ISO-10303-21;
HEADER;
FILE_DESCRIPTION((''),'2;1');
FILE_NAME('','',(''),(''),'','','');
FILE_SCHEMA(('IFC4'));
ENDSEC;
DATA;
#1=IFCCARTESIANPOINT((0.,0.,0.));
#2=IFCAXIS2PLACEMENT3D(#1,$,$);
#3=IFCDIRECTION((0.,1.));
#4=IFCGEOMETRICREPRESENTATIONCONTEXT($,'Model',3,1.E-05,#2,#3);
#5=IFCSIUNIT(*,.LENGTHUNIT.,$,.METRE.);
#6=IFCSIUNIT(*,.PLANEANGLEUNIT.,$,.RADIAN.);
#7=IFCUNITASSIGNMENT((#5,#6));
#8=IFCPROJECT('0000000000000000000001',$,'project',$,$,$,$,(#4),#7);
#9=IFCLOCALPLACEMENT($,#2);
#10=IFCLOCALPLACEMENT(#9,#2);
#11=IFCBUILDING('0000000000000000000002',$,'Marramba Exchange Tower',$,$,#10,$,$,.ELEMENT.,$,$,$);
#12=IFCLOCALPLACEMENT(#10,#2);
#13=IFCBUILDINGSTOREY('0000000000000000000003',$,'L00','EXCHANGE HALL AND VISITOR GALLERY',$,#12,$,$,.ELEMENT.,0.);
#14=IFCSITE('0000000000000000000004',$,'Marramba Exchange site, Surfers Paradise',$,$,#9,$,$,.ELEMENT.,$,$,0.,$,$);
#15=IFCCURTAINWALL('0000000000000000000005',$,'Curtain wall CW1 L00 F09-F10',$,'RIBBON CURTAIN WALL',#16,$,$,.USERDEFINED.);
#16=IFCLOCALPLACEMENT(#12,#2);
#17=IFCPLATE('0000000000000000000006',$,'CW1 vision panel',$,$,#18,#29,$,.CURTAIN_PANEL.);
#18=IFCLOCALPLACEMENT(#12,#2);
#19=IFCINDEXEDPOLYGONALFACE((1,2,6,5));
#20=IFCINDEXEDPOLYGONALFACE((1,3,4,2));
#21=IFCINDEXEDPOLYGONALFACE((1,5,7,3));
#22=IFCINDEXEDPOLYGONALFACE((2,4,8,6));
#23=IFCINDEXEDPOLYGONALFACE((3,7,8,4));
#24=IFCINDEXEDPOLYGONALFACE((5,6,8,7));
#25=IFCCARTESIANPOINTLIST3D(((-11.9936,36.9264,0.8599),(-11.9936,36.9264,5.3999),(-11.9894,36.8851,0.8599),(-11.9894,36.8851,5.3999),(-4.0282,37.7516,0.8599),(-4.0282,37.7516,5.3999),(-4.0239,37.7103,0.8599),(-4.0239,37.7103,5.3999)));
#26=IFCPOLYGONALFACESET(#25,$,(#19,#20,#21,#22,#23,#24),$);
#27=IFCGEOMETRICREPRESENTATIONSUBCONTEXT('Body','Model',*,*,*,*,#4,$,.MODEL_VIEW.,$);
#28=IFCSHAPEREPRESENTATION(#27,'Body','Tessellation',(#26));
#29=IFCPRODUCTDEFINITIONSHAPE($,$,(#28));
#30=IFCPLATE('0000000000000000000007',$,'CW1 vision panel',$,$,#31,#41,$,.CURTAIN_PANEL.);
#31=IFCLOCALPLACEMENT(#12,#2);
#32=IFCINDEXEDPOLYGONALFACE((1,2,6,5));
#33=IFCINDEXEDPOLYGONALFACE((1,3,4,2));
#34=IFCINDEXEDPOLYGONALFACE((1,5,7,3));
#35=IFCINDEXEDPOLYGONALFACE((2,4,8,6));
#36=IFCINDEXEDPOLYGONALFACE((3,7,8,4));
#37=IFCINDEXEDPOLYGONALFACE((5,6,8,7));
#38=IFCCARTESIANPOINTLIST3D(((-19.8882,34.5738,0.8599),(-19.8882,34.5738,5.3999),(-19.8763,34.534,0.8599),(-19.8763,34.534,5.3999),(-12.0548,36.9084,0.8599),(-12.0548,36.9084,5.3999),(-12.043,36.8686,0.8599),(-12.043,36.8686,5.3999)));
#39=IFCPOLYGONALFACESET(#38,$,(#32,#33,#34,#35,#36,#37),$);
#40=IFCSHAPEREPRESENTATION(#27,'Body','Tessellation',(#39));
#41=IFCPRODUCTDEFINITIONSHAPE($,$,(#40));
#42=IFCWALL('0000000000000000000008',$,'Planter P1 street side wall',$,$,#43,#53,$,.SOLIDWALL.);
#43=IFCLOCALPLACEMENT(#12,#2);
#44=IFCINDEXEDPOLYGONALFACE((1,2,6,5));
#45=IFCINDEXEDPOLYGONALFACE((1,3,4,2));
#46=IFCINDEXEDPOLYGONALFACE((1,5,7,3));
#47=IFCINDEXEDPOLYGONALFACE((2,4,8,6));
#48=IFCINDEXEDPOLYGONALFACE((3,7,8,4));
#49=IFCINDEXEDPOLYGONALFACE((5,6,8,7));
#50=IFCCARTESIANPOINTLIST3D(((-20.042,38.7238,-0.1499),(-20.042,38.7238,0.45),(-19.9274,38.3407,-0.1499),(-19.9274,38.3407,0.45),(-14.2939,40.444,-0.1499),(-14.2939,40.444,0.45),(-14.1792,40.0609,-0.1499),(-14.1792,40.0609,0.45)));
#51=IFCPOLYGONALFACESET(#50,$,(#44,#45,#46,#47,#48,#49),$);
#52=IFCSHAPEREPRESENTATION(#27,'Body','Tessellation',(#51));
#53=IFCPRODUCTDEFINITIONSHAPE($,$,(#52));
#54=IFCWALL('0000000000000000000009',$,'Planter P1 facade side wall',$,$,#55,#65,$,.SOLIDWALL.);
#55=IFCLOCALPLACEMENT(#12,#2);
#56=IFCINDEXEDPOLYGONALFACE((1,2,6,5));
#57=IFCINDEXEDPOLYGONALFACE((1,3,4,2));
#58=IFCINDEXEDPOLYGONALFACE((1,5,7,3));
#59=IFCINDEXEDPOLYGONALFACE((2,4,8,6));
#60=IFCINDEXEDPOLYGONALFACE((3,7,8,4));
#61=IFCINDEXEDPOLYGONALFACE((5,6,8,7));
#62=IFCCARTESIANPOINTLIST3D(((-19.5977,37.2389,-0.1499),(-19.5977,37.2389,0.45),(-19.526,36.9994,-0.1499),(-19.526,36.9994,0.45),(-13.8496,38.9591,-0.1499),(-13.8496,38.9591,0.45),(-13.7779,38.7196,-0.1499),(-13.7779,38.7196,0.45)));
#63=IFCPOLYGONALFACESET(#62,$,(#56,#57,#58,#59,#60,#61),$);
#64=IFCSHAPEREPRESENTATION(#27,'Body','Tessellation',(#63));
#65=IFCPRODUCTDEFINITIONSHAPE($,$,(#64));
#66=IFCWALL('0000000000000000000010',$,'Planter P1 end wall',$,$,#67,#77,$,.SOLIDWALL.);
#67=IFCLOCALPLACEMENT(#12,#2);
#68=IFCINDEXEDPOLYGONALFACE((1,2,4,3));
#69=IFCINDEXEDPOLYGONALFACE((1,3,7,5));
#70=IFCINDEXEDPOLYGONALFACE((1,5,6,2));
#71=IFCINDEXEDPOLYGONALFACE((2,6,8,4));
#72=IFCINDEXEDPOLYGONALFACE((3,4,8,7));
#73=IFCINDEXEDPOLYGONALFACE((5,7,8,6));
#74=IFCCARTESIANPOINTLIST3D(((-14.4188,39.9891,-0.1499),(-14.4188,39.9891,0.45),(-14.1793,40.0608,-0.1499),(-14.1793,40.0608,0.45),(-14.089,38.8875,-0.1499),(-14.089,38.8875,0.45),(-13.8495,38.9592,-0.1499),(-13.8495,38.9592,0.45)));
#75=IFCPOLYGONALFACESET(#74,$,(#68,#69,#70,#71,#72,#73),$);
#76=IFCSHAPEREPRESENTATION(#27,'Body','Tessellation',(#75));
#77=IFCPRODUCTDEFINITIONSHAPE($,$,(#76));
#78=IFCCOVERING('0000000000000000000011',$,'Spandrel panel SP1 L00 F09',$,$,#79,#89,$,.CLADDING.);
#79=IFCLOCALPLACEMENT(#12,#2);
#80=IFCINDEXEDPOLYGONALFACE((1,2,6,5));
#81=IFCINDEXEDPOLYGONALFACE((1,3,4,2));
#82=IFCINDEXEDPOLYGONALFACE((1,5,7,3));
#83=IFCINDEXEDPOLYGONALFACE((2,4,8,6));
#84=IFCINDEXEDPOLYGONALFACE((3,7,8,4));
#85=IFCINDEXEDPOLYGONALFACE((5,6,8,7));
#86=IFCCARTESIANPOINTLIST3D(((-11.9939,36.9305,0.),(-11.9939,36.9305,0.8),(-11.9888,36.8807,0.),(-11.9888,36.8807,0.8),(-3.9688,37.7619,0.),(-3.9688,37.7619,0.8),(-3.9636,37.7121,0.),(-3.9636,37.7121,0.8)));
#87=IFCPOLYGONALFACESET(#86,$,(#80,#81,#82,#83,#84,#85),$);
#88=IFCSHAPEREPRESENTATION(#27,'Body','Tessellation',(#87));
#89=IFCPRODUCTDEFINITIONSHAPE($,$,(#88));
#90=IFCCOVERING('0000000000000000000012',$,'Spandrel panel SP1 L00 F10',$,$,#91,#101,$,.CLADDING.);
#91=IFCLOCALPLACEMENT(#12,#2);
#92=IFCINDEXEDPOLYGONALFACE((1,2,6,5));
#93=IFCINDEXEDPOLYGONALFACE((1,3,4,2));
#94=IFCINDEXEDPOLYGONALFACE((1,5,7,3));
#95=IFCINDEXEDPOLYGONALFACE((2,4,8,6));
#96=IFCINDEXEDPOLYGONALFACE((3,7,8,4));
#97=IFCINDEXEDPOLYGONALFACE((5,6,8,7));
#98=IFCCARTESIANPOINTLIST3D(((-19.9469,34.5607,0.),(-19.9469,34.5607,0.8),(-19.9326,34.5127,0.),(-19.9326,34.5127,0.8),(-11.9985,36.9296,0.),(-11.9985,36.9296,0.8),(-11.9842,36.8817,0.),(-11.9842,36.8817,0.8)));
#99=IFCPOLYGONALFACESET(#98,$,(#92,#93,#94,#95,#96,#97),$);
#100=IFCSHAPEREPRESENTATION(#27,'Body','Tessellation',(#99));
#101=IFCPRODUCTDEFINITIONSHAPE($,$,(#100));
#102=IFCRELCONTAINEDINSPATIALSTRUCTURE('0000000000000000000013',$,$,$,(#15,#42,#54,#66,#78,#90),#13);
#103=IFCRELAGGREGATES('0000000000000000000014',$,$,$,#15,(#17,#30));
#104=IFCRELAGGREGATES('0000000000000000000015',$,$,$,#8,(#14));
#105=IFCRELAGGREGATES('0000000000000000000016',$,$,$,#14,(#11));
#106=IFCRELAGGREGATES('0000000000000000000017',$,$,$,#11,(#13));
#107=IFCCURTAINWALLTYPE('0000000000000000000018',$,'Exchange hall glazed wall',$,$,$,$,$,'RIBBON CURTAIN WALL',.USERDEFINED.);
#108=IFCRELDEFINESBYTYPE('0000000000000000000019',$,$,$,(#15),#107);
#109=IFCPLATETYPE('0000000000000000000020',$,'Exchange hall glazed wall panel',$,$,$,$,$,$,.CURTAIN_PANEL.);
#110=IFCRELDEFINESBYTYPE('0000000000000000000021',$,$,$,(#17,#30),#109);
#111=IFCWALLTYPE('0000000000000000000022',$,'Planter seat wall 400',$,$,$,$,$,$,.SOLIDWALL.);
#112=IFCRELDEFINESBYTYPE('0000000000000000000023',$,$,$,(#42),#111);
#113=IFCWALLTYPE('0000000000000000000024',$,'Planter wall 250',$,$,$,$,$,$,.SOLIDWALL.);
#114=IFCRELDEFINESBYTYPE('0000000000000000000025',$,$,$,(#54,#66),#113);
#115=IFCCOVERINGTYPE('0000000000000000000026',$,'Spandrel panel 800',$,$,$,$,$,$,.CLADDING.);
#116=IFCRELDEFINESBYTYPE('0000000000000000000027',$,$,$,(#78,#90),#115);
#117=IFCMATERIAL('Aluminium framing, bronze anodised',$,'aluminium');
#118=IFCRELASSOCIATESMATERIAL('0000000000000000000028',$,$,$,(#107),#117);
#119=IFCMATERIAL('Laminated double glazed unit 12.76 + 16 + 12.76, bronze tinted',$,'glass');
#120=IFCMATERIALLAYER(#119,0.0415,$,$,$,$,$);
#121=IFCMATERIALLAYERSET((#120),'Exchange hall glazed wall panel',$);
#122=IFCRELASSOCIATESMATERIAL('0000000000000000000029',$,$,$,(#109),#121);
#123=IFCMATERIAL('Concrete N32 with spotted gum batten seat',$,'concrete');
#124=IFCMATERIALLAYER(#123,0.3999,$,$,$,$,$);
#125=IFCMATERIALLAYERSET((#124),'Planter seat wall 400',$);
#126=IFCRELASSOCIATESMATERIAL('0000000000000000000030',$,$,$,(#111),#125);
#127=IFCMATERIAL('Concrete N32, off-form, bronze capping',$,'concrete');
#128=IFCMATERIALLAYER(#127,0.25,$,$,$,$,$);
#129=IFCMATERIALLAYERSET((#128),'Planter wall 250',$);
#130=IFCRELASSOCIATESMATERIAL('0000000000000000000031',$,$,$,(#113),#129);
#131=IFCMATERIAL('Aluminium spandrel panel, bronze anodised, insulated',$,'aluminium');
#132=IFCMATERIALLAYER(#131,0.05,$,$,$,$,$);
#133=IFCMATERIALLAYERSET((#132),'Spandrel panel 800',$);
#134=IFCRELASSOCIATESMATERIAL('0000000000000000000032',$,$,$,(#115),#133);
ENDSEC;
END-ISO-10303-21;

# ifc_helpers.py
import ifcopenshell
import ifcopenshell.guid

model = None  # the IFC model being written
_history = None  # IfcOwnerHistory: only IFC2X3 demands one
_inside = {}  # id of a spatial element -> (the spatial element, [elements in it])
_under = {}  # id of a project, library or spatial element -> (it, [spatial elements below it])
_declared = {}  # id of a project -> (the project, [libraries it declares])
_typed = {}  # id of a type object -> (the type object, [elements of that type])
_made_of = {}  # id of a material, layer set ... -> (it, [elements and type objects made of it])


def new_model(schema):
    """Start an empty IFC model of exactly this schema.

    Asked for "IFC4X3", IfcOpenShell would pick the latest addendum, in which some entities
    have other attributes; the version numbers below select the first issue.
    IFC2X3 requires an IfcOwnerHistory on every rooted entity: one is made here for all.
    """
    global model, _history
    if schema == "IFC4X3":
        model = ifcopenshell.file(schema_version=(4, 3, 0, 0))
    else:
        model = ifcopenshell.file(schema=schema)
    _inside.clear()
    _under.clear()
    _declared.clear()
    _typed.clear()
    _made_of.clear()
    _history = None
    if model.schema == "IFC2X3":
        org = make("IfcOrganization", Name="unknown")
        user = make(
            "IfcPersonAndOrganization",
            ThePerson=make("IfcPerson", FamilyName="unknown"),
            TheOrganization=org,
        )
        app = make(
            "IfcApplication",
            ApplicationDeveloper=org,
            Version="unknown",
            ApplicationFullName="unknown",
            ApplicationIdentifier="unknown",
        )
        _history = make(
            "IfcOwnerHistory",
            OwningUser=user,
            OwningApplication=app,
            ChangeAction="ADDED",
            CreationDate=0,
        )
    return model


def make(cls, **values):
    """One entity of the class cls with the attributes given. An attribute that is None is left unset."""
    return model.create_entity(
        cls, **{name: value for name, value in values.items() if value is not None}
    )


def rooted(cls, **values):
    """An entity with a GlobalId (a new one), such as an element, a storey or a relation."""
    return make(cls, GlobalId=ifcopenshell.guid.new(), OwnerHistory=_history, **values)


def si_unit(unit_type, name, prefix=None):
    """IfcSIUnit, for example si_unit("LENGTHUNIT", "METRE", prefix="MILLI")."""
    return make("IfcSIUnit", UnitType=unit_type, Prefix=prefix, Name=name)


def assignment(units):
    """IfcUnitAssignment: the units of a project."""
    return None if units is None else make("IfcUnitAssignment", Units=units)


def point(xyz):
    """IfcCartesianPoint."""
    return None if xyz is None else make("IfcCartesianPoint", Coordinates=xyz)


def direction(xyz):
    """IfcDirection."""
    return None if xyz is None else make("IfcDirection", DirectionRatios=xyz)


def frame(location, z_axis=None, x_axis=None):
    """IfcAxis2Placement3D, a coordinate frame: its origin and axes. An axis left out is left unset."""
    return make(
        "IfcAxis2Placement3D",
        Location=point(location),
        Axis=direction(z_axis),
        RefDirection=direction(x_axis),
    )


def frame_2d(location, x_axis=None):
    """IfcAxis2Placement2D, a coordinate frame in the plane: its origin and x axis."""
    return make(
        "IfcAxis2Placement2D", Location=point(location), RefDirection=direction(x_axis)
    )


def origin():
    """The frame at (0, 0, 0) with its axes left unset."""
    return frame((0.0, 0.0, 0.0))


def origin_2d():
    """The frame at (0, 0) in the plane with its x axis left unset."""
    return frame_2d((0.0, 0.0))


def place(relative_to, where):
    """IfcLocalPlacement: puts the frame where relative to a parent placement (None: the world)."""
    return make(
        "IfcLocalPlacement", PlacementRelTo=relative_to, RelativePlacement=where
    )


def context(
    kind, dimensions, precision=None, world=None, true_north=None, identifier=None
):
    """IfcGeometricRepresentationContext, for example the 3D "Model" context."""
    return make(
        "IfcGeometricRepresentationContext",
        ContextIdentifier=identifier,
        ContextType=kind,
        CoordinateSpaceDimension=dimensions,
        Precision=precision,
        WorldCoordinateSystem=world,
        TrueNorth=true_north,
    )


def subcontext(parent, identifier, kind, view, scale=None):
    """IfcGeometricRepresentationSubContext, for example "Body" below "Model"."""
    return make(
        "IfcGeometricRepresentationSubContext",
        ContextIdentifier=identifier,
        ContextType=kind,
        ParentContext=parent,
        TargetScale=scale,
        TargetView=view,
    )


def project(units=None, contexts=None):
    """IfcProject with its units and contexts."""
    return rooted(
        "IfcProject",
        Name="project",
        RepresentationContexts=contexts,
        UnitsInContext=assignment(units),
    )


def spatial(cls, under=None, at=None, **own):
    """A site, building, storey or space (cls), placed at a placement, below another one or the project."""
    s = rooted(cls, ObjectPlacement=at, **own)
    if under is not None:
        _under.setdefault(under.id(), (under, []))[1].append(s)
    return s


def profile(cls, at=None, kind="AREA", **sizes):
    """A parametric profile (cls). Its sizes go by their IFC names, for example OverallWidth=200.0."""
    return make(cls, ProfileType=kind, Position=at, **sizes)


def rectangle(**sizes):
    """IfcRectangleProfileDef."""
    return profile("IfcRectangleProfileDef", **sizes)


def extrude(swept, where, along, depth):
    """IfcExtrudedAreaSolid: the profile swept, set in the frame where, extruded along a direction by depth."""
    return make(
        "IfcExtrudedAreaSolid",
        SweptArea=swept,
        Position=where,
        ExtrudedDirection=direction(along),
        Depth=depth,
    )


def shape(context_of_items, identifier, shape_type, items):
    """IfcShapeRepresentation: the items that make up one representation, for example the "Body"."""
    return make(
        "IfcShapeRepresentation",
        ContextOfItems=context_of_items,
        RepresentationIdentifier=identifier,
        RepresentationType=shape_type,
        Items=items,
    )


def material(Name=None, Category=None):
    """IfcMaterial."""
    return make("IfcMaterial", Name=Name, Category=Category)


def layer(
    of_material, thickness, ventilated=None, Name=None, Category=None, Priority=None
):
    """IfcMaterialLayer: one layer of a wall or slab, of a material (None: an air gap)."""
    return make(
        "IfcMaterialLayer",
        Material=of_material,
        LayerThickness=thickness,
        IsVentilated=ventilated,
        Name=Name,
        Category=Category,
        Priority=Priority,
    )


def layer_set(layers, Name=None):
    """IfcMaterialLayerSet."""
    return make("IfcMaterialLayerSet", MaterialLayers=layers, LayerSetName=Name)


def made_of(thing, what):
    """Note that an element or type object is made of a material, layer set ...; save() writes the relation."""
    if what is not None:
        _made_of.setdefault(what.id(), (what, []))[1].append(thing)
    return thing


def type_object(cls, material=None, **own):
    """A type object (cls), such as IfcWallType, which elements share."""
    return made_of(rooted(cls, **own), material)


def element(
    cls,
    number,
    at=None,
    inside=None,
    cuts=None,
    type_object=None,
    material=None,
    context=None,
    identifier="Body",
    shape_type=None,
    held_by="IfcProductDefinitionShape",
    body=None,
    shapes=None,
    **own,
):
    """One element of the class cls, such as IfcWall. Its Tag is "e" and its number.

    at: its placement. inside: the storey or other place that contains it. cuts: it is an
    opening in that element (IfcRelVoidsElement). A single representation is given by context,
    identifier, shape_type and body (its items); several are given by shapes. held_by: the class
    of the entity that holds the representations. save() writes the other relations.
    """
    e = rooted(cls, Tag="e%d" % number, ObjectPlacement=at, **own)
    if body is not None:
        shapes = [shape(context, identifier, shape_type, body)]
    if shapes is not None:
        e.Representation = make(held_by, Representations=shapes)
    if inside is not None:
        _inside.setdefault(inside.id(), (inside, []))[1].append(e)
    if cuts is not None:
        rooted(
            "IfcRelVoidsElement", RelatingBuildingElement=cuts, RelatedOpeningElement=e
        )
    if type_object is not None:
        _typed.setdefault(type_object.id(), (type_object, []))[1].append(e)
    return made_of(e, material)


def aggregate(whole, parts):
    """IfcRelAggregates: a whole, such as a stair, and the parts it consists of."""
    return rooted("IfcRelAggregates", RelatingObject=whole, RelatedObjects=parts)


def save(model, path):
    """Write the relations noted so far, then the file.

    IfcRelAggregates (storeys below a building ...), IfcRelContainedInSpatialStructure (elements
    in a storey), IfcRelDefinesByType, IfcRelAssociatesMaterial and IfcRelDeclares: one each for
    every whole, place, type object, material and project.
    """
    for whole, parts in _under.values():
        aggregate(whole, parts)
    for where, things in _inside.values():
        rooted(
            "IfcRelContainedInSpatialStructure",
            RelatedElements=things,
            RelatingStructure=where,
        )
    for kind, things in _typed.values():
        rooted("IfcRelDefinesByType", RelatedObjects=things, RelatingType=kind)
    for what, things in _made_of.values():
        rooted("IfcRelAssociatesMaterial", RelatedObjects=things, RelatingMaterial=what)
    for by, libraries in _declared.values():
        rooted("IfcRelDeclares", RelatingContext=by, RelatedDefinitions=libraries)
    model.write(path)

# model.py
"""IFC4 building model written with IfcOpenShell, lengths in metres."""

from ifc_helpers import new_model, si_unit, direction, frame, frame_2d, origin, origin_2d, place, context, subcontext, project, spatial, rectangle, extrude, material, layer, layer_set, type_object, element, aggregate, save


model = new_model("IFC4")

# Units and contexts
model_context = context("Model", 3, precision=1e-05, world=origin(), true_north=direction((0.0, 1.0)))
body_context = subcontext(model_context, "Body", "Model", "MODEL_VIEW")
ifc_project = project(units=[si_unit("LENGTHUNIT", "METRE"), si_unit("PLANEANGLEUNIT", "RADIAN")], contexts=[model_context])

# Site, building, storey
site_placement = place(None, origin())
site = spatial("IfcSite", under=ifc_project, at=site_placement, Name="Marramba Exchange site, Surfers Paradise", CompositionType="ELEMENT", RefElevation=0.0)
building_placement = place(site_placement, origin())
building = spatial("IfcBuilding", under=site, at=building_placement, Name="Marramba Exchange Tower", CompositionType="ELEMENT")
storey_placement = place(building_placement, origin())
storey = spatial("IfcBuildingStorey", under=building, at=storey_placement, Name="L00", Description="EXCHANGE HALL AND VISITOR GALLERY", CompositionType="ELEMENT", Elevation=0.0)

# Curtain wall
ifc_material_1 = material(Name="Aluminium framing, bronze anodised", Category="aluminium")
curtain_wall_type = type_object("IfcCurtainWallType", Name="Exchange hall glazed wall", ElementType="RIBBON CURTAIN WALL", PredefinedType="USERDEFINED", material=ifc_material_1)
curtain_wall_placement = place(storey_placement, origin())
curtain_wall = element("IfcCurtainWall", 1, at=curtain_wall_placement, inside=storey, type_object=curtain_wall_type, Name="Curtain wall CW1 L00 F09-F10", ObjectType="RIBBON CURTAIN WALL", PredefinedType="USERDEFINED")

# Plates
ifc_material_2 = material(Name="Laminated double glazed unit 12.76 + 16 + 12.76, bronze tinted", Category="glass")
ifc_layer_1 = layer(ifc_material_2, 0.0415)
ifc_layer_set_1 = layer_set([ifc_layer_1], Name="Exchange hall glazed wall panel")
plate_type = type_object("IfcPlateType", Name="Exchange hall glazed wall panel", PredefinedType="CURTAIN_PANEL", material=ifc_layer_set_1)
plate_1_placement = place(storey_placement, frame((-8.0088, 37.3184, 0.8599), z_axis=(0.0, 0.0, 1.0), x_axis=(-0.994677, -0.103043, 0.0)))
plate_1 = element("IfcPlate", 2, at=plate_1_placement, type_object=plate_type, Name="CW1 vision panel", PredefinedType="CURTAIN_PANEL", context=body_context, shape_type="SweptSolid", body=[
    extrude(rectangle(XDim=8.0081, YDim=0.0415, at=origin_2d()), origin(), (0.0, 0.0, 1.0), 4.54),
])
plate_2_placement = place(storey_placement, frame((-15.9656, 35.7212, 0.8599), z_axis=(0.0, 0.0, 1.0), x_axis=(-0.958343, -0.285621, 0.0)))
plate_2 = element("IfcPlate", 3, at=plate_2_placement, type_object=plate_type, Name="CW1 vision panel", PredefinedType="CURTAIN_PANEL", context=body_context, shape_type="SweptSolid", body=[
    extrude(rectangle(XDim=8.1738, YDim=0.0415, at=origin_2d()), origin(), (0.0, 0.0, 1.0), 4.54),
])
aggregate(curtain_wall, [plate_1, plate_2])

# Walls
ifc_material_3 = material(Name="Concrete N32 with spotted gum batten seat", Category="concrete")
ifc_layer_2 = layer(ifc_material_3, 0.3999)
ifc_layer_set_2 = layer_set([ifc_layer_2], Name="Planter seat wall 400")
wall_type_1 = type_object("IfcWallType", Name="Planter seat wall 400", PredefinedType="SOLIDWALL", material=ifc_layer_set_2)
wall_1_placement = place(storey_placement, frame((-14.2366, 40.2524, -0.1499), z_axis=(0.0, 0.0, 1.0), x_axis=(-0.958019, -0.286706, 0.0)))
element("IfcWall", 4, at=wall_1_placement, inside=storey, type_object=wall_type_1, Name="Planter P1 street side wall", PredefinedType="SOLIDWALL", context=body_context, shape_type="SweptSolid", body=[
    extrude(rectangle(XDim=6.0, YDim=0.3999, at=frame_2d((3.0, 0.0))), origin(), (0.0, 0.0, 1.0), 0.5999),
])
ifc_material_4 = material(Name="Concrete N32, off-form, bronze capping", Category="concrete")
ifc_layer_3 = layer(ifc_material_4, 0.25)
ifc_layer_set_3 = layer_set([ifc_layer_3], Name="Planter wall 250")
wall_type_2 = type_object("IfcWallType", Name="Planter wall 250", PredefinedType="SOLIDWALL", material=ifc_layer_set_3)
wall_2_placement = place(storey_placement, frame((-13.8137, 38.8394, -0.1499), z_axis=(0.0, 0.0, 1.0), x_axis=(-0.958019, -0.286706, 0.0)))
element("IfcWall", 5, at=wall_2_placement, inside=storey, type_object=wall_type_2, Name="Planter P1 facade side wall", PredefinedType="SOLIDWALL", context=body_context, shape_type="SweptSolid", body=[
    extrude(rectangle(XDim=6.0, YDim=0.25, at=frame_2d((3.0, 0.0))), origin(), (0.0, 0.0, 1.0), 0.5999),
])
wall_3_placement = place(storey_placement, frame((-13.9692, 38.9233, -0.1499), z_axis=(0.0, 0.0, 1.0), x_axis=(-0.286841, 0.957978, 0.0)))
element("IfcWall", 6, at=wall_3_placement, inside=storey, type_object=wall_type_2, Name="Planter P1 end wall", PredefinedType="SOLIDWALL", context=body_context, shape_type="SweptSolid", body=[
    extrude(rectangle(XDim=1.1499, YDim=0.25, at=frame_2d((0.575, 0.0))), origin(), (0.0, 0.0, 1.0), 0.5999),
])

# Coverings
ifc_material_5 = material(Name="Aluminium spandrel panel, bronze anodised, insulated", Category="aluminium")
ifc_layer_4 = layer(ifc_material_5, 0.05)
ifc_layer_set_4 = layer_set([ifc_layer_4], Name="Spandrel panel 800")
covering_type = type_object("IfcCoveringType", Name="Spandrel panel 800", PredefinedType="CLADDING", material=ifc_layer_set_4)
covering_1_placement = place(storey_placement, frame((-7.9788, 37.3213, 0.0), z_axis=(0.0, 0.0, 1.0), x_axis=(-0.994677, -0.103043, 0.0)))
element("IfcCovering", 7, at=covering_1_placement, inside=storey, type_object=covering_type, Name="Spandrel panel SP1 L00 F09", PredefinedType="CLADDING", context=body_context, shape_type="SweptSolid", body=[
    extrude(rectangle(XDim=8.0681, YDim=0.05, at=origin_2d()), origin(), (0.0, 0.0, 1.0), 0.8),
])
covering_2_placement = place(storey_placement, frame((-15.9656, 35.7212, 0.0), z_axis=(0.0, 0.0, 1.0), x_axis=(-0.958343, -0.285621, 0.0)))
element("IfcCovering", 8, at=covering_2_placement, inside=storey, type_object=covering_type, Name="Spandrel panel SP1 L00 F10", PredefinedType="CLADDING", context=body_context, shape_type="SweptSolid", body=[
    extrude(rectangle(XDim=8.2939, YDim=0.05, at=origin_2d()), origin(), (0.0, 0.0, 1.0), 0.8),
])

save(model, "model.ifc")
